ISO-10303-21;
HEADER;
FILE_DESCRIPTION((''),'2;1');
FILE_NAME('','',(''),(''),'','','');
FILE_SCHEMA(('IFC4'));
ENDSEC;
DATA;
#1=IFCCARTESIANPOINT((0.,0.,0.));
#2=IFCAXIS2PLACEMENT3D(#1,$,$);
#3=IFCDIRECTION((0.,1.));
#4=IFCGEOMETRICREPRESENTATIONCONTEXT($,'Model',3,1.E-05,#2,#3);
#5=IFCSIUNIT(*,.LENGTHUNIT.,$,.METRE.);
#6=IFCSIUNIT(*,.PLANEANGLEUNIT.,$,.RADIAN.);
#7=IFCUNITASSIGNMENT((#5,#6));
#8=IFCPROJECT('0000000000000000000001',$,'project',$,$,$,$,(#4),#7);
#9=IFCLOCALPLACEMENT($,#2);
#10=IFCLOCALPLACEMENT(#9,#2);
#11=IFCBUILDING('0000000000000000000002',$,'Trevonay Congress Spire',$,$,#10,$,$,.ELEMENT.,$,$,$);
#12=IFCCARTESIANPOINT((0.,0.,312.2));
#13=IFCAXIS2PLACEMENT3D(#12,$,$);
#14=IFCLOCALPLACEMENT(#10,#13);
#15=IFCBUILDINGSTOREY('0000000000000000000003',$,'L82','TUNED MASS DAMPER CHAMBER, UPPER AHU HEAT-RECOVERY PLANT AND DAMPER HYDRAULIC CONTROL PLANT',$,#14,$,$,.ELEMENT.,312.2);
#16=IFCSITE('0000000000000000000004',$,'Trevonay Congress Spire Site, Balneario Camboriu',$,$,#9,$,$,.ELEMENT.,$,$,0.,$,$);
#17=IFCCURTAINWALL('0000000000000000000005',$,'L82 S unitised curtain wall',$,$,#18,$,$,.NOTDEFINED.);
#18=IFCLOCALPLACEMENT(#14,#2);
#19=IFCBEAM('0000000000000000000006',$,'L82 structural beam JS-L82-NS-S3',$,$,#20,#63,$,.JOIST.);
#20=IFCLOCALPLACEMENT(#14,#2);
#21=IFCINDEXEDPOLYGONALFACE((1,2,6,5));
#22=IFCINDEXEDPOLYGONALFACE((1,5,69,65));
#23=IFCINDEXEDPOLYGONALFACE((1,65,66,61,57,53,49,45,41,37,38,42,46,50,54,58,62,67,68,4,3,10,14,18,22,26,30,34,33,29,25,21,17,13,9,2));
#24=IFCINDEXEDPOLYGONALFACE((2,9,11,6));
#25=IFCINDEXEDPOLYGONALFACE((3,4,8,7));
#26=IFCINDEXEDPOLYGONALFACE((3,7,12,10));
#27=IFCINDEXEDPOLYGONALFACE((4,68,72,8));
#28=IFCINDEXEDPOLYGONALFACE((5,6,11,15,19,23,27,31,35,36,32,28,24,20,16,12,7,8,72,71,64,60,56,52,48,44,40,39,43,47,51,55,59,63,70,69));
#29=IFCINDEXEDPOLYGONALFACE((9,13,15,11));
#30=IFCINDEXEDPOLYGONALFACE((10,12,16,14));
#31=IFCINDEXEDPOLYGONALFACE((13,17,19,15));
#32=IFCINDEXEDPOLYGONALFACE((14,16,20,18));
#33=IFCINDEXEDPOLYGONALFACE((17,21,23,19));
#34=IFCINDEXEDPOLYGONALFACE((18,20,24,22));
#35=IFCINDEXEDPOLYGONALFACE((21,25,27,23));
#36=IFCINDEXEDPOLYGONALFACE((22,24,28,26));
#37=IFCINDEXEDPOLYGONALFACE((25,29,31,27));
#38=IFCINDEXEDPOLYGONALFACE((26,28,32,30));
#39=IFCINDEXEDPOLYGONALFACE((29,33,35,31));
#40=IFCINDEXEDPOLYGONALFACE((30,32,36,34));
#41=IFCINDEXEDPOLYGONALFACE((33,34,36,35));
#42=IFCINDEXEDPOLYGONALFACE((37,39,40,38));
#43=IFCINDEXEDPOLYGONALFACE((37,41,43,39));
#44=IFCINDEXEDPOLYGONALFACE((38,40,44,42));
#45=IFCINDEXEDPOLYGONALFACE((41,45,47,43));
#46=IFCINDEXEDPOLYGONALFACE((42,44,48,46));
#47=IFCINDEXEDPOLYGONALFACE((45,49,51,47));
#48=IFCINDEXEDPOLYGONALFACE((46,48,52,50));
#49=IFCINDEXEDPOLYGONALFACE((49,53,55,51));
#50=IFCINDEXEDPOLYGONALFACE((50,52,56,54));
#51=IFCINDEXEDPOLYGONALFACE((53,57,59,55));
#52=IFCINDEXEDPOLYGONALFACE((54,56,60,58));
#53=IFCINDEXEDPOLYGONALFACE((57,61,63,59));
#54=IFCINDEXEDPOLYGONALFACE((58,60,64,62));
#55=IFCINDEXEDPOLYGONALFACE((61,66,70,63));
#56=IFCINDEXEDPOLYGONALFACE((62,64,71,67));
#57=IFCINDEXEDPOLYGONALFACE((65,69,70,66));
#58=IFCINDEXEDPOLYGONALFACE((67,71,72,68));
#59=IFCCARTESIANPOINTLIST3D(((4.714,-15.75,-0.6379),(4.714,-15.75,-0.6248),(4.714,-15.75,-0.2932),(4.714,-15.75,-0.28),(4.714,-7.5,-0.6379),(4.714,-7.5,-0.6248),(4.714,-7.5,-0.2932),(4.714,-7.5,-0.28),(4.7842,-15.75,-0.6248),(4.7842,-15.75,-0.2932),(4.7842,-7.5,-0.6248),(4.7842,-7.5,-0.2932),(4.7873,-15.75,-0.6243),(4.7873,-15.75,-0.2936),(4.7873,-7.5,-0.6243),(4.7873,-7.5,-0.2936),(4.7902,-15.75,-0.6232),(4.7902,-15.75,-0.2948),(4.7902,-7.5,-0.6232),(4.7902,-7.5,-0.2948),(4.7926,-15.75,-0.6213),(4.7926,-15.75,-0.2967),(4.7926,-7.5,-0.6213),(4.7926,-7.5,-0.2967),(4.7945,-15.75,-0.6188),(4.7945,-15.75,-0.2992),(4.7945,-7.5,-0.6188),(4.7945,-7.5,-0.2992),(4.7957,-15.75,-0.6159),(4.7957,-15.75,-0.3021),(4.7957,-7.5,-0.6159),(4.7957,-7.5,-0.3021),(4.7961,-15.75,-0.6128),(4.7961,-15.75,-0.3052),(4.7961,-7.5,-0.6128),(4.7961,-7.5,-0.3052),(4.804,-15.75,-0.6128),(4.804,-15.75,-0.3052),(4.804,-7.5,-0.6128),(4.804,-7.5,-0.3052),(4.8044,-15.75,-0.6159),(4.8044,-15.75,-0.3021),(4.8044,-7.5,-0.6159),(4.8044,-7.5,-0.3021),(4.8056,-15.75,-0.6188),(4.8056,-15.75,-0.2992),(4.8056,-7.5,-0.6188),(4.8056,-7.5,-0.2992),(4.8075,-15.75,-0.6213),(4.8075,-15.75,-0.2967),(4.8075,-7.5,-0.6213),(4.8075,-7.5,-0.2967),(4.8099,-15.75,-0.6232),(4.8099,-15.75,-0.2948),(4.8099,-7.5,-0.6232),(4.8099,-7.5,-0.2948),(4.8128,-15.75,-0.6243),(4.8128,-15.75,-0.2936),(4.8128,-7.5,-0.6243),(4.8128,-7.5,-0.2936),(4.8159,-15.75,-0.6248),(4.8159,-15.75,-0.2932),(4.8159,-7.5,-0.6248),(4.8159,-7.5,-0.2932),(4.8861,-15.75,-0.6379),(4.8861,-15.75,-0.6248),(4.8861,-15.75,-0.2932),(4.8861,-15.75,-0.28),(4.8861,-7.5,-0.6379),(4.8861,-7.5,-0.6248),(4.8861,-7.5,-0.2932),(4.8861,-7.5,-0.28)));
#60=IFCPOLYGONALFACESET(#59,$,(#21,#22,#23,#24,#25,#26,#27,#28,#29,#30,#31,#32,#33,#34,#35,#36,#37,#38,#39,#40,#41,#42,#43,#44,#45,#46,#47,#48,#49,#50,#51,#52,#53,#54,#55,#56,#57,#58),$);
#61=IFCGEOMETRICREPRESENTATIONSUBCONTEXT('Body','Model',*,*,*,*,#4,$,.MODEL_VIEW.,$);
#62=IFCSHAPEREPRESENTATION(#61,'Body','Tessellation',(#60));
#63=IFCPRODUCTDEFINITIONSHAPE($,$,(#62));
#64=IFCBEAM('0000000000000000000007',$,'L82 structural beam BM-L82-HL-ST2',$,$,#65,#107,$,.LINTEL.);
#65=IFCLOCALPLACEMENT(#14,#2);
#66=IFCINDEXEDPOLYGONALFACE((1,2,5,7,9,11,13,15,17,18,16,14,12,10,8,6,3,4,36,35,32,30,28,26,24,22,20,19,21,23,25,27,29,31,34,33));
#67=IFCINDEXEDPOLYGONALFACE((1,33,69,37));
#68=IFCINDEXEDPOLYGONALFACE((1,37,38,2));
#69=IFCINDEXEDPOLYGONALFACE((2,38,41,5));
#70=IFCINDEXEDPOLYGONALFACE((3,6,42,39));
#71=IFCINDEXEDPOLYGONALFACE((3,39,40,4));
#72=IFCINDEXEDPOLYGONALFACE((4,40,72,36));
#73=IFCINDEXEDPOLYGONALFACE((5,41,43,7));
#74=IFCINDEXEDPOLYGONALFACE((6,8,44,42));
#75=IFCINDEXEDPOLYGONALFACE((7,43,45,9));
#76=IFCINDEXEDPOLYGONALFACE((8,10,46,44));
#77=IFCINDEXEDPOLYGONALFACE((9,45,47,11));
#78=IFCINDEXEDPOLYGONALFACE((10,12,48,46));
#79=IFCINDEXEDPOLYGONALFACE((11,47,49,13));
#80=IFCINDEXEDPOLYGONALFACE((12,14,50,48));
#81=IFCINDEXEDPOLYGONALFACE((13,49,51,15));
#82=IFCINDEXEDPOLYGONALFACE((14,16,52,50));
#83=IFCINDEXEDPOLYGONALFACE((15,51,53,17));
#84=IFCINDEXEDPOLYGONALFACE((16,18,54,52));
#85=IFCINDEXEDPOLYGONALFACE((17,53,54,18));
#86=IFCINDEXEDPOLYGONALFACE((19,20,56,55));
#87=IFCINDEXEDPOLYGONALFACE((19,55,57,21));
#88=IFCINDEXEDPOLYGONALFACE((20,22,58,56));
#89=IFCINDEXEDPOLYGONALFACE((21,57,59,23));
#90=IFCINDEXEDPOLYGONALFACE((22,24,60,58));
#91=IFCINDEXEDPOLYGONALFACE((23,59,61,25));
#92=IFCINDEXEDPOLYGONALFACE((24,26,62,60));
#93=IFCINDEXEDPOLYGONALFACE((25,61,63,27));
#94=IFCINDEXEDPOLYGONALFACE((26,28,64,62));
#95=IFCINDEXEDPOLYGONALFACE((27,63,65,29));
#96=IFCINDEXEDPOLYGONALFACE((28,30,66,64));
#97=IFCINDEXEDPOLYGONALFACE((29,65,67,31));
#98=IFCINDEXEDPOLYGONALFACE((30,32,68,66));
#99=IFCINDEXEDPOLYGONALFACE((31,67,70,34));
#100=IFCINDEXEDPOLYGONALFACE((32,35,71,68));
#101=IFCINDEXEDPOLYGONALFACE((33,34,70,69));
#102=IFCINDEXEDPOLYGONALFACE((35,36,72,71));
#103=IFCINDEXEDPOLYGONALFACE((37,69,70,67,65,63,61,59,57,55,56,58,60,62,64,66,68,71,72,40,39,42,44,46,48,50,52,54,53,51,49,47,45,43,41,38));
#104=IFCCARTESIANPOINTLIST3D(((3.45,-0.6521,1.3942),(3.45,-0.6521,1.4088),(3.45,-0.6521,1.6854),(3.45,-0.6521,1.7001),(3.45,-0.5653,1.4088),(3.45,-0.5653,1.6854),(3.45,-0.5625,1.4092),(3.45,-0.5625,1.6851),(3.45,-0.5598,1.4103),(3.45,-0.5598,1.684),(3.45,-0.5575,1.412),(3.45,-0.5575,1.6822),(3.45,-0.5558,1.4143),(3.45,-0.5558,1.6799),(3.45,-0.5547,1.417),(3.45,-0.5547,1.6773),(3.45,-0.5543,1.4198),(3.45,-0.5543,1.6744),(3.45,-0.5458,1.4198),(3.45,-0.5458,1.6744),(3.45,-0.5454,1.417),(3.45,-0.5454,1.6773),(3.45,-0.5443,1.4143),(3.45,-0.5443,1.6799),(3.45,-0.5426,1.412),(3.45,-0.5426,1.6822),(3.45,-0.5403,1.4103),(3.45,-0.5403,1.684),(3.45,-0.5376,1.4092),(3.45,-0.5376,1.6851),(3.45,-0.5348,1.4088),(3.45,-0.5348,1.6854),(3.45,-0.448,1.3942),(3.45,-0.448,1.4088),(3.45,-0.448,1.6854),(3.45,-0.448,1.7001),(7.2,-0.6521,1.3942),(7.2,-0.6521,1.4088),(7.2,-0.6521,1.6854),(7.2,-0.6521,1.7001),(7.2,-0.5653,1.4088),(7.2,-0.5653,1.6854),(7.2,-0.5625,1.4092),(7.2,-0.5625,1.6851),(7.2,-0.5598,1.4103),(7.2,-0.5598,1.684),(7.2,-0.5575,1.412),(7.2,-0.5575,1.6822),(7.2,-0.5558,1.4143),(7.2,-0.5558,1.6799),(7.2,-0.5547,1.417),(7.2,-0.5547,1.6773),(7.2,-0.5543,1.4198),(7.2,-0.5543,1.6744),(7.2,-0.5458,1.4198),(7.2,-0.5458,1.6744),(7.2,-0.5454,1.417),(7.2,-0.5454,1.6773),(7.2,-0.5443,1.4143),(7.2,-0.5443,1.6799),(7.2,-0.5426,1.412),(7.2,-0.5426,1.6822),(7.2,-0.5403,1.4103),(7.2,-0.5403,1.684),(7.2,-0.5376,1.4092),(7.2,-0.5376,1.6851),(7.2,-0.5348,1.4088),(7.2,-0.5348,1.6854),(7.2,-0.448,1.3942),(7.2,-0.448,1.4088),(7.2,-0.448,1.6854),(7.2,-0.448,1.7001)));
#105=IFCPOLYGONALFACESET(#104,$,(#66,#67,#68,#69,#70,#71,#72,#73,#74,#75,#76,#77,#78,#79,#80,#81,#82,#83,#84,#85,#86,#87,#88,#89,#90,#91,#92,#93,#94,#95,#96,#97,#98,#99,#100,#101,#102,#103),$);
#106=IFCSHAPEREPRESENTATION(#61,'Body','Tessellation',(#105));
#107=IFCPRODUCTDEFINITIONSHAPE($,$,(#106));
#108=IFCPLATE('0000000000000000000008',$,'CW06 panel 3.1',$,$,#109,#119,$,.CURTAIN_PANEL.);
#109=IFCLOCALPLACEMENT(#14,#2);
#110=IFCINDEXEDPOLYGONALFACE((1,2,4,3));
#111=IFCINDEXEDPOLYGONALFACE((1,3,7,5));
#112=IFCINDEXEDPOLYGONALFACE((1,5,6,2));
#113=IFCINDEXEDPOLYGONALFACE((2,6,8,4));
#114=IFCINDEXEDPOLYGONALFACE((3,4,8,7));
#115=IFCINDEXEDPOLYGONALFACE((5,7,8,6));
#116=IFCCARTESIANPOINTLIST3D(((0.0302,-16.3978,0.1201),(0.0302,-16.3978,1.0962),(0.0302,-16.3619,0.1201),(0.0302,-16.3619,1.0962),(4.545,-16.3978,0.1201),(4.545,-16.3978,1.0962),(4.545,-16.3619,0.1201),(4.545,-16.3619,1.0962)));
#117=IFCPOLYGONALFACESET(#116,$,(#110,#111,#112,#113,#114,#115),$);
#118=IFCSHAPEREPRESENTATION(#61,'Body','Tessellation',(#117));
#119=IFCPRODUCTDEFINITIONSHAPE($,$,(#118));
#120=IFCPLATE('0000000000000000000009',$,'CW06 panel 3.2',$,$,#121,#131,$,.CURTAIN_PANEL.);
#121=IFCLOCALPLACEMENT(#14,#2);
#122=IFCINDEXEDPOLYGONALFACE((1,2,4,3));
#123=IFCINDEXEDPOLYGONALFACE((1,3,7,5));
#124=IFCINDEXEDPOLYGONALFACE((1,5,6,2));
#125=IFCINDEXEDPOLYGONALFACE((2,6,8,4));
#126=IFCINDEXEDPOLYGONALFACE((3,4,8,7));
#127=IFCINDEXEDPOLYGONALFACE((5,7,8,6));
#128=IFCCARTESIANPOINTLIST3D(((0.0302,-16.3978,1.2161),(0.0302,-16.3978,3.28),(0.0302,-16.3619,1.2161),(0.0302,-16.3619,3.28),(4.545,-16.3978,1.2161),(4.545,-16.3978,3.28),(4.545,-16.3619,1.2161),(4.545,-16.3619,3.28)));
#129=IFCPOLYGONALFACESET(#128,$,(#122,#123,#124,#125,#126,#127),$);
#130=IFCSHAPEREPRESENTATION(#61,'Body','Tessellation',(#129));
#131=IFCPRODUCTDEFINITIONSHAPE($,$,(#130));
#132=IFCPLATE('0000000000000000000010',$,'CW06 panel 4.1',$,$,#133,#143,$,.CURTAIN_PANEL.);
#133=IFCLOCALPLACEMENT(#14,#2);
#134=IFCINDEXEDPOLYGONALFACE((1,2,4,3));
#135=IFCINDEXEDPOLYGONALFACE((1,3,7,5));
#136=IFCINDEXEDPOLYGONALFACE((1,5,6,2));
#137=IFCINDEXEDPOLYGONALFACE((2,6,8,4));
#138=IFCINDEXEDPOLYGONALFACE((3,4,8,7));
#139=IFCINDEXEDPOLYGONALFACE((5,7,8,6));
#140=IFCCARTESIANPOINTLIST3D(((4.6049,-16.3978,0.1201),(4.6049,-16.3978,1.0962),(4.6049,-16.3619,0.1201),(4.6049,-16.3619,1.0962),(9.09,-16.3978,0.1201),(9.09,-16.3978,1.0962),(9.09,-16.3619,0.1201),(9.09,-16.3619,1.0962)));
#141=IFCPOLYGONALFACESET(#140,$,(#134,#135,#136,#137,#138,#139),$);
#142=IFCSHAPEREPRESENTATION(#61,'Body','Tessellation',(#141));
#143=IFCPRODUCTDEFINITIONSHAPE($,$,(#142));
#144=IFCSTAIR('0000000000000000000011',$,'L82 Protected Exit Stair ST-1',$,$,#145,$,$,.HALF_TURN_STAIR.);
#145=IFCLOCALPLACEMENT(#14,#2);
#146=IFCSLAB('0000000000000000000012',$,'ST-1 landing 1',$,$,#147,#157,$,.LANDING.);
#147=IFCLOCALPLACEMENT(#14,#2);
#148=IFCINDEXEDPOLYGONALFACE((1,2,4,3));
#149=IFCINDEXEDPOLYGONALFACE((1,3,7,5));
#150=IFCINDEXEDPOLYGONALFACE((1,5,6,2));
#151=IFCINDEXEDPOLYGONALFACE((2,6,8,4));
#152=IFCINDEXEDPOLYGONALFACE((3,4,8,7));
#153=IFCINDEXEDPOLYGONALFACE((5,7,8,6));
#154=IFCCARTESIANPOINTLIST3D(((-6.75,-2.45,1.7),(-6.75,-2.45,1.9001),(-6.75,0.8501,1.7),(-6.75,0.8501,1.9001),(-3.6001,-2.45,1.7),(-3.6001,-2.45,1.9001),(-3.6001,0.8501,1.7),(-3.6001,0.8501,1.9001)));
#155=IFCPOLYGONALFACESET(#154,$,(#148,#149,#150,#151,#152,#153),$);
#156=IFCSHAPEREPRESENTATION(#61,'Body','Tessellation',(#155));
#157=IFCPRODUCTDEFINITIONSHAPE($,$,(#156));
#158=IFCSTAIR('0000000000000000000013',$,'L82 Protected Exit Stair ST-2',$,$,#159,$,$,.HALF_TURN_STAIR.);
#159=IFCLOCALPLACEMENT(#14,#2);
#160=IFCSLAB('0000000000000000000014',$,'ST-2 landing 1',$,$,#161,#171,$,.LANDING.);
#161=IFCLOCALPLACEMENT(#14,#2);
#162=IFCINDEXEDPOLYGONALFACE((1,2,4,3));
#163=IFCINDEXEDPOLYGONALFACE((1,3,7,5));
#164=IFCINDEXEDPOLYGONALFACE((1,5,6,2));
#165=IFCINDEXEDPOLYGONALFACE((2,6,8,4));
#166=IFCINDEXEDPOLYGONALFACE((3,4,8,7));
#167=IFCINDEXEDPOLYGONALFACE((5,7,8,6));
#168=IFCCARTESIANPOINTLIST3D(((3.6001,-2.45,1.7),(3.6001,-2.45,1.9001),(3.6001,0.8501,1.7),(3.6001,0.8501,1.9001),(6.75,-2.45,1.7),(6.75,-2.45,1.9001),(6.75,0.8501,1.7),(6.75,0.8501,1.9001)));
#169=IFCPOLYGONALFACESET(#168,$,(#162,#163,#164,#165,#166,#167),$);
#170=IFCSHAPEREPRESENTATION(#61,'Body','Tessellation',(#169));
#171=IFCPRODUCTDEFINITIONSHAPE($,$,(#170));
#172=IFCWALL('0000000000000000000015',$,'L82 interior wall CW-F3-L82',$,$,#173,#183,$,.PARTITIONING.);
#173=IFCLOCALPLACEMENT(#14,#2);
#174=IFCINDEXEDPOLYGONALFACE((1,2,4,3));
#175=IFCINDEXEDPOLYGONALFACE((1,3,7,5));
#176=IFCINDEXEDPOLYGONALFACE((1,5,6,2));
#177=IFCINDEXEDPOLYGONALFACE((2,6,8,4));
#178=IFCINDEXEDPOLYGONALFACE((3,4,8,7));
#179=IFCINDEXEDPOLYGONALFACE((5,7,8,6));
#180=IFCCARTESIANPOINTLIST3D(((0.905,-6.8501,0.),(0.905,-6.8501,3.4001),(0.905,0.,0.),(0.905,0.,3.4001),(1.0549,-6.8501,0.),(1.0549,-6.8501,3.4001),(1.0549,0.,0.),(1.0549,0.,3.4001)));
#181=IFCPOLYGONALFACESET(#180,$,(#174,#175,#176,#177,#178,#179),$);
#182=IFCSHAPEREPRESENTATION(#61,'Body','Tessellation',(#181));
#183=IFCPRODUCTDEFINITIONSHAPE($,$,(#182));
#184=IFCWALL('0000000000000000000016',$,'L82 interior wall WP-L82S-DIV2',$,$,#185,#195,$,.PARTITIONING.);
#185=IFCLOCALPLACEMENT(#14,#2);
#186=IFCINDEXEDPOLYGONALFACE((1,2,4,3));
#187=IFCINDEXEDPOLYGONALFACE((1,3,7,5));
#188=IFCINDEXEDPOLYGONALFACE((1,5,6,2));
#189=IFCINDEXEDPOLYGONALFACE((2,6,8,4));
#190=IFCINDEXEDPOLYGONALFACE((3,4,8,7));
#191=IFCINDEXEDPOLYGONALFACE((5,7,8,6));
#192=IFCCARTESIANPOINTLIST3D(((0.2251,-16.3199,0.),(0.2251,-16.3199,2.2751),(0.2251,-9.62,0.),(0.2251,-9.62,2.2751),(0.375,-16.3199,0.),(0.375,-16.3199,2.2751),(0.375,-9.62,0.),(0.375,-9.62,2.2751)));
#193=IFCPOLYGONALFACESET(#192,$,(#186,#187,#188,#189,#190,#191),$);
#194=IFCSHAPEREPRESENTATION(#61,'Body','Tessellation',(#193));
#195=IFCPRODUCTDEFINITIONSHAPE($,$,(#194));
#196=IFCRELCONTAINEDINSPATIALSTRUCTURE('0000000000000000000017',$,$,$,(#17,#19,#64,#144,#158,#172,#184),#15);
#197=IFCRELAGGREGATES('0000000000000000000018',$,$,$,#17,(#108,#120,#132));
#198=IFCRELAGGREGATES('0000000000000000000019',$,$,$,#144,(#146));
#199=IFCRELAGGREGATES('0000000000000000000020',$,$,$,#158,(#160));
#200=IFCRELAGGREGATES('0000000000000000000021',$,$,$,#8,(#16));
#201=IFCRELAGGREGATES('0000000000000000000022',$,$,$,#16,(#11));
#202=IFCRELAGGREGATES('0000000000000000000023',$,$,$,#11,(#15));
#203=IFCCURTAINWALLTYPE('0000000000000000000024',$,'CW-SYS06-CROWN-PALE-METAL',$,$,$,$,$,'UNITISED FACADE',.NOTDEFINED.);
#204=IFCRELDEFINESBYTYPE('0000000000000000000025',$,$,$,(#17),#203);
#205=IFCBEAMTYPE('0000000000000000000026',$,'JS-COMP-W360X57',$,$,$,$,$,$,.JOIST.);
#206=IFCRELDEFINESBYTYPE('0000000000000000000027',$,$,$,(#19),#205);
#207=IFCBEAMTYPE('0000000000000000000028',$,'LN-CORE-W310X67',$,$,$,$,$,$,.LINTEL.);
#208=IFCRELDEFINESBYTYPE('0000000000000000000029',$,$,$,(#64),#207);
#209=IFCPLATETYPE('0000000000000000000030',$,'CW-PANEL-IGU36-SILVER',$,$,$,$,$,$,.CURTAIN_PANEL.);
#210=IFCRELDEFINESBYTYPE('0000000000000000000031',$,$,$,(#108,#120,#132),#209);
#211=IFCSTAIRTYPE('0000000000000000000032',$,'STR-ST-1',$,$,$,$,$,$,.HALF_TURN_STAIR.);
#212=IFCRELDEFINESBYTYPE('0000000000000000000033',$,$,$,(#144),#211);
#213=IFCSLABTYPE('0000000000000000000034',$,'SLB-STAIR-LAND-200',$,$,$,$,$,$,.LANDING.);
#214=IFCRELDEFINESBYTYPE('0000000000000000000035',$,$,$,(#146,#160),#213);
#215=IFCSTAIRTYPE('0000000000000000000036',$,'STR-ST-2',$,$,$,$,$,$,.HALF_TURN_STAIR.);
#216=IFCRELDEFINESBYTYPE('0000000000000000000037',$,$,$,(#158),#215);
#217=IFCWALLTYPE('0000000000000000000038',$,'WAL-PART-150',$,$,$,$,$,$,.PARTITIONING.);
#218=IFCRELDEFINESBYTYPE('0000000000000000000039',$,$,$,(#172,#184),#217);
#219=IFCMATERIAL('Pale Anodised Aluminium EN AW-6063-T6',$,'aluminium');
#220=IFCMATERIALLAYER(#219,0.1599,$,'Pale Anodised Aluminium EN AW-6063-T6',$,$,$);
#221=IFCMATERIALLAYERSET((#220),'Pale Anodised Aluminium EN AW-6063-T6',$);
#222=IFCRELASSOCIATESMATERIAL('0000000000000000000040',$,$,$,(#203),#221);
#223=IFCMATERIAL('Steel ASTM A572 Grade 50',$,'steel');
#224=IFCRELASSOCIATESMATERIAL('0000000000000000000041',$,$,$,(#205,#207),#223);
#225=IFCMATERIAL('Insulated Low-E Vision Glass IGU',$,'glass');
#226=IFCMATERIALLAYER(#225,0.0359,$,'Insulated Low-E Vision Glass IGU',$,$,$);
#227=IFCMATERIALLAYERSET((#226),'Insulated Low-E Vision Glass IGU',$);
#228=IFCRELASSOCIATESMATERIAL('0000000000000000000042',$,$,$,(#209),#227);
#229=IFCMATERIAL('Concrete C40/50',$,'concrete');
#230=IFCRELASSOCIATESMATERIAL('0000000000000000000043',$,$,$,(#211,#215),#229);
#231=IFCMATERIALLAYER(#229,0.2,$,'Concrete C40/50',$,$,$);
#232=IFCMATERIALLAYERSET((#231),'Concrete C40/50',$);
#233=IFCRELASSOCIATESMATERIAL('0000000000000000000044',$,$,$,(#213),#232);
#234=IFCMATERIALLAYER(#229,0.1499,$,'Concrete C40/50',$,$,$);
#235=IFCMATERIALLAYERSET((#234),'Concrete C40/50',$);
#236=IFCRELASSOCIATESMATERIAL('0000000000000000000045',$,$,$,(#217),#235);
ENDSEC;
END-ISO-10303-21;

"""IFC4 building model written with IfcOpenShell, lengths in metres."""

from ifc_helpers import new_model, si_unit, direction, frame, frame_2d, origin, origin_2d, place, context, subcontext, project, spatial, polyline, rectangle, i_section, outline, extrude, material, layer, layer_set, material_profile, profile_set, type_object, element, aggregate, save


model = new_model("IFC4")

# Units and contexts
model_context = context("Model", 3, precision=1e-05, world=origin(), true_north=direction((0.0, 1.0)))
body_context = subcontext(model_context, "Body", "Model", "MODEL_VIEW")
ifc_project = project(units=[si_unit("LENGTHUNIT", "METRE"), si_unit("PLANEANGLEUNIT", "RADIAN")], contexts=[model_context])

# Site, building, storey
site_placement = place(None, origin())
site = spatial("IfcSite", under=ifc_project, at=site_placement, Name="Trevonay Congress Spire Site, Balneario Camboriu", CompositionType="ELEMENT", RefElevation=0.0)
building_placement = place(site_placement, origin())
building = spatial("IfcBuilding", under=site, at=building_placement, Name="Trevonay Congress Spire", CompositionType="ELEMENT")
storey_placement = place(building_placement, frame((0.0, 0.0, 312.2)))
storey = spatial("IfcBuildingStorey", under=building, at=storey_placement, Name="L82", Description="TUNED MASS DAMPER CHAMBER, UPPER AHU HEAT-RECOVERY PLANT AND DAMPER HYDRAULIC CONTROL PLANT", CompositionType="ELEMENT", Elevation=312.2)

# Shared definitions
ifc_material_1 = material(Name="Steel ASTM A572 Grade 50", Category="steel")

# Curtain wall
ifc_material_2 = material(Name="Pale Anodised Aluminium EN AW-6063-T6", Category="aluminium")
ifc_layer_1 = layer(ifc_material_2, 0.1599, Name="Pale Anodised Aluminium EN AW-6063-T6")
ifc_layer_set_1 = layer_set([ifc_layer_1], Name="Pale Anodised Aluminium EN AW-6063-T6")
curtain_wall_type = type_object("IfcCurtainWallType", Name="CW-SYS06-CROWN-PALE-METAL", ElementType="UNITISED FACADE", PredefinedType="NOTDEFINED", material=ifc_layer_set_1)
curtain_wall_placement = place(storey_placement, origin())
curtain_wall = element("IfcCurtainWall", 1, at=curtain_wall_placement, inside=storey, type_object=curtain_wall_type, Name="L82 S unitised curtain wall", PredefinedType="NOTDEFINED")

# Beams
ifc_material_profile_1 = material_profile(ifc_material_1, i_section(OverallWidth=0.1721, OverallDepth=0.3579, WebThickness=0.0078, FlangeThickness=0.0132, FilletRadius=0.012, at=origin_2d()), Name="W360x57.8")
ifc_profile_set_1 = profile_set([ifc_material_profile_1], Name="Steel ASTM A572 Grade 50")
beam_type_1 = type_object("IfcBeamType", Name="JS-COMP-W360X57", PredefinedType="JOIST", material=ifc_profile_set_1)
beam_1_placement = place(storey_placement, frame((4.8, -15.75, -0.459), z_axis=(0.0, 1.0, 0.0), x_axis=(-1.0, 0.0, 0.0)))
element("IfcBeam", 2, at=beam_1_placement, inside=storey, type_object=beam_type_1, Name="L82 structural beam JS-L82-NS-S3", PredefinedType="JOIST", context=body_context, shape_type="SweptSolid", body=[
    extrude(i_section(OverallWidth=0.1721, OverallDepth=0.3579, WebThickness=0.0078, FlangeThickness=0.0132, FilletRadius=0.012, at=origin_2d()), origin(), (0.0, 0.0, 1.0), 8.25),
])
ifc_material_profile_2 = material_profile(ifc_material_1, i_section(OverallWidth=0.2041, OverallDepth=0.3059, WebThickness=0.0085, FlangeThickness=0.0146, FilletRadius=0.011, at=origin_2d()), Name="W310x67")
ifc_profile_set_2 = profile_set([ifc_material_profile_2], Name="Steel ASTM A572 Grade 50")
beam_type_2 = type_object("IfcBeamType", Name="LN-CORE-W310X67", PredefinedType="LINTEL", material=ifc_profile_set_2)
beam_2_placement = place(storey_placement, frame((3.45, -0.55, 1.5471), z_axis=(1.0, 0.0, 0.0), x_axis=(0.0, 1.0, 0.0)))
element("IfcBeam", 3, at=beam_2_placement, inside=storey, type_object=beam_type_2, Name="L82 structural beam BM-L82-HL-ST2", PredefinedType="LINTEL", context=body_context, shape_type="SweptSolid", body=[
    extrude(i_section(OverallWidth=0.2041, OverallDepth=0.3059, WebThickness=0.0085, FlangeThickness=0.0146, FilletRadius=0.011, at=origin_2d()), origin(), (0.0, 0.0, 1.0), 3.75),
])

# Plates
ifc_material_3 = material(Name="Insulated Low-E Vision Glass IGU", Category="glass")
ifc_layer_2 = layer(ifc_material_3, 0.0359, Name="Insulated Low-E Vision Glass IGU")
ifc_layer_set_2 = layer_set([ifc_layer_2], Name="Insulated Low-E Vision Glass IGU")
plate_type = type_object("IfcPlateType", Name="CW-PANEL-IGU36-SILVER", PredefinedType="CURTAIN_PANEL", material=ifc_layer_set_2)
plate_1_placement = place(storey_placement, frame((2.2876, -16.3799, 0.1201), z_axis=(0.0, 0.0, 1.0), x_axis=(1.0, 0.0, 0.0)))
plate_1 = element("IfcPlate", 4, at=plate_1_placement, type_object=plate_type, Name="CW06 panel 3.1", PredefinedType="CURTAIN_PANEL", context=body_context, shape_type="SweptSolid", body=[
    extrude(rectangle(XDim=4.5149, YDim=0.0359, at=origin_2d()), origin(), (0.0, 0.0, 1.0), 0.9761),
])
plate_2_placement = place(storey_placement, frame((2.2876, -16.3799, 1.2161), z_axis=(0.0, 0.0, 1.0), x_axis=(1.0, 0.0, 0.0)))
plate_2 = element("IfcPlate", 5, at=plate_2_placement, type_object=plate_type, Name="CW06 panel 3.2", PredefinedType="CURTAIN_PANEL", context=body_context, shape_type="SweptSolid", body=[
    extrude(rectangle(XDim=4.5149, YDim=0.0359, at=origin_2d()), origin(), (0.0, 0.0, 1.0), 2.064),
])
plate_3_placement = place(storey_placement, frame((6.8474, -16.3799, 0.1201), z_axis=(0.0, 0.0, 1.0), x_axis=(1.0, 0.0, 0.0)))
plate_3 = element("IfcPlate", 6, at=plate_3_placement, type_object=plate_type, Name="CW06 panel 4.1", PredefinedType="CURTAIN_PANEL", context=body_context, shape_type="SweptSolid", body=[
    extrude(rectangle(XDim=4.4851, YDim=0.0359, at=origin_2d()), origin(), (0.0, 0.0, 1.0), 0.9761),
])
aggregate(curtain_wall, [plate_1, plate_2, plate_3])

# Stairs, slabs
ifc_material_4 = material(Name="Concrete C40/50", Category="concrete")
stair_type_1 = type_object("IfcStairType", Name="STR-ST-1", PredefinedType="HALF_TURN_STAIR", material=ifc_material_4)
stair_1_placement = place(storey_placement, origin())
stair_1 = element("IfcStair", 7, at=stair_1_placement, inside=storey, type_object=stair_type_1, Name="L82 Protected Exit Stair ST-1", PredefinedType="HALF_TURN_STAIR")
ifc_layer_3 = layer(ifc_material_4, 0.2, Name="Concrete C40/50")
ifc_layer_set_3 = layer_set([ifc_layer_3], Name="Concrete C40/50")
slab_type = type_object("IfcSlabType", Name="SLB-STAIR-LAND-200", PredefinedType="LANDING", material=ifc_layer_set_3)
slab_1_placement = place(storey_placement, frame((0.0, 0.0, 1.7)))
slab_1 = element("IfcSlab", 8, at=slab_1_placement, type_object=slab_type, Name="ST-1 landing 1", PredefinedType="LANDING", context=body_context, shape_type="SweptSolid", body=[
    extrude(outline(polyline([(-3.6001, -2.45), (-3.6001, 0.8501), (-6.75, 0.8501), (-6.75, -2.45), (-3.6001, -2.45)])), origin(), (0.0, 0.0, 1.0), 0.2002),
])
aggregate(stair_1, [slab_1])
stair_type_2 = type_object("IfcStairType", Name="STR-ST-2", PredefinedType="HALF_TURN_STAIR", material=ifc_material_4)
stair_2_placement = place(storey_placement, origin())
stair_2 = element("IfcStair", 9, at=stair_2_placement, inside=storey, type_object=stair_type_2, Name="L82 Protected Exit Stair ST-2", PredefinedType="HALF_TURN_STAIR")
slab_2_placement = place(storey_placement, frame((0.0, 0.0, 1.7)))
slab_2 = element("IfcSlab", 10, at=slab_2_placement, type_object=slab_type, Name="ST-2 landing 1", PredefinedType="LANDING", context=body_context, shape_type="SweptSolid", body=[
    extrude(outline(polyline([(6.75, -2.45), (6.75, 0.8501), (3.6001, 0.8501), (3.6001, -2.45), (6.75, -2.45)])), origin(), (0.0, 0.0, 1.0), 0.2002),
])

# Walls
ifc_layer_4 = layer(ifc_material_4, 0.1499, Name="Concrete C40/50")
ifc_layer_set_4 = layer_set([ifc_layer_4], Name="Concrete C40/50")
wall_type_1 = type_object("IfcWallType", Name="WAL-PART-150", PredefinedType="PARTITIONING", material=ifc_layer_set_4)
wall_1_placement = place(storey_placement, frame((0.98, -6.8501, 0.0), z_axis=(0.0, 0.0, 1.0), x_axis=(0.0, 1.0, 0.0)))
element("IfcWall", 11, at=wall_1_placement, inside=storey, type_object=wall_type_1, Name="L82 interior wall CW-F3-L82", PredefinedType="PARTITIONING", context=body_context, shape_type="SweptSolid", body=[
    extrude(rectangle(XDim=6.8501, YDim=0.1499, at=frame_2d((3.425, 0.0))), origin(), (0.0, 0.0, 1.0), 3.4001),
])
wall_2_placement = place(storey_placement, frame((0.3, -16.3201, 0.0), z_axis=(0.0, 0.0, 1.0), x_axis=(0.0, 1.0, 0.0)))
element("IfcWall", 12, at=wall_2_placement, inside=storey, type_object=wall_type_1, Name="L82 interior wall WP-L82S-DIV2", PredefinedType="PARTITIONING", context=body_context, shape_type="SweptSolid", body=[
    extrude(rectangle(XDim=6.7, YDim=0.1499, at=frame_2d((3.3501, 0.0))), origin(), (0.0, 0.0, 1.0), 2.2751),
])

aggregate(stair_2, [slab_2])

save(model, "model.ifc")
